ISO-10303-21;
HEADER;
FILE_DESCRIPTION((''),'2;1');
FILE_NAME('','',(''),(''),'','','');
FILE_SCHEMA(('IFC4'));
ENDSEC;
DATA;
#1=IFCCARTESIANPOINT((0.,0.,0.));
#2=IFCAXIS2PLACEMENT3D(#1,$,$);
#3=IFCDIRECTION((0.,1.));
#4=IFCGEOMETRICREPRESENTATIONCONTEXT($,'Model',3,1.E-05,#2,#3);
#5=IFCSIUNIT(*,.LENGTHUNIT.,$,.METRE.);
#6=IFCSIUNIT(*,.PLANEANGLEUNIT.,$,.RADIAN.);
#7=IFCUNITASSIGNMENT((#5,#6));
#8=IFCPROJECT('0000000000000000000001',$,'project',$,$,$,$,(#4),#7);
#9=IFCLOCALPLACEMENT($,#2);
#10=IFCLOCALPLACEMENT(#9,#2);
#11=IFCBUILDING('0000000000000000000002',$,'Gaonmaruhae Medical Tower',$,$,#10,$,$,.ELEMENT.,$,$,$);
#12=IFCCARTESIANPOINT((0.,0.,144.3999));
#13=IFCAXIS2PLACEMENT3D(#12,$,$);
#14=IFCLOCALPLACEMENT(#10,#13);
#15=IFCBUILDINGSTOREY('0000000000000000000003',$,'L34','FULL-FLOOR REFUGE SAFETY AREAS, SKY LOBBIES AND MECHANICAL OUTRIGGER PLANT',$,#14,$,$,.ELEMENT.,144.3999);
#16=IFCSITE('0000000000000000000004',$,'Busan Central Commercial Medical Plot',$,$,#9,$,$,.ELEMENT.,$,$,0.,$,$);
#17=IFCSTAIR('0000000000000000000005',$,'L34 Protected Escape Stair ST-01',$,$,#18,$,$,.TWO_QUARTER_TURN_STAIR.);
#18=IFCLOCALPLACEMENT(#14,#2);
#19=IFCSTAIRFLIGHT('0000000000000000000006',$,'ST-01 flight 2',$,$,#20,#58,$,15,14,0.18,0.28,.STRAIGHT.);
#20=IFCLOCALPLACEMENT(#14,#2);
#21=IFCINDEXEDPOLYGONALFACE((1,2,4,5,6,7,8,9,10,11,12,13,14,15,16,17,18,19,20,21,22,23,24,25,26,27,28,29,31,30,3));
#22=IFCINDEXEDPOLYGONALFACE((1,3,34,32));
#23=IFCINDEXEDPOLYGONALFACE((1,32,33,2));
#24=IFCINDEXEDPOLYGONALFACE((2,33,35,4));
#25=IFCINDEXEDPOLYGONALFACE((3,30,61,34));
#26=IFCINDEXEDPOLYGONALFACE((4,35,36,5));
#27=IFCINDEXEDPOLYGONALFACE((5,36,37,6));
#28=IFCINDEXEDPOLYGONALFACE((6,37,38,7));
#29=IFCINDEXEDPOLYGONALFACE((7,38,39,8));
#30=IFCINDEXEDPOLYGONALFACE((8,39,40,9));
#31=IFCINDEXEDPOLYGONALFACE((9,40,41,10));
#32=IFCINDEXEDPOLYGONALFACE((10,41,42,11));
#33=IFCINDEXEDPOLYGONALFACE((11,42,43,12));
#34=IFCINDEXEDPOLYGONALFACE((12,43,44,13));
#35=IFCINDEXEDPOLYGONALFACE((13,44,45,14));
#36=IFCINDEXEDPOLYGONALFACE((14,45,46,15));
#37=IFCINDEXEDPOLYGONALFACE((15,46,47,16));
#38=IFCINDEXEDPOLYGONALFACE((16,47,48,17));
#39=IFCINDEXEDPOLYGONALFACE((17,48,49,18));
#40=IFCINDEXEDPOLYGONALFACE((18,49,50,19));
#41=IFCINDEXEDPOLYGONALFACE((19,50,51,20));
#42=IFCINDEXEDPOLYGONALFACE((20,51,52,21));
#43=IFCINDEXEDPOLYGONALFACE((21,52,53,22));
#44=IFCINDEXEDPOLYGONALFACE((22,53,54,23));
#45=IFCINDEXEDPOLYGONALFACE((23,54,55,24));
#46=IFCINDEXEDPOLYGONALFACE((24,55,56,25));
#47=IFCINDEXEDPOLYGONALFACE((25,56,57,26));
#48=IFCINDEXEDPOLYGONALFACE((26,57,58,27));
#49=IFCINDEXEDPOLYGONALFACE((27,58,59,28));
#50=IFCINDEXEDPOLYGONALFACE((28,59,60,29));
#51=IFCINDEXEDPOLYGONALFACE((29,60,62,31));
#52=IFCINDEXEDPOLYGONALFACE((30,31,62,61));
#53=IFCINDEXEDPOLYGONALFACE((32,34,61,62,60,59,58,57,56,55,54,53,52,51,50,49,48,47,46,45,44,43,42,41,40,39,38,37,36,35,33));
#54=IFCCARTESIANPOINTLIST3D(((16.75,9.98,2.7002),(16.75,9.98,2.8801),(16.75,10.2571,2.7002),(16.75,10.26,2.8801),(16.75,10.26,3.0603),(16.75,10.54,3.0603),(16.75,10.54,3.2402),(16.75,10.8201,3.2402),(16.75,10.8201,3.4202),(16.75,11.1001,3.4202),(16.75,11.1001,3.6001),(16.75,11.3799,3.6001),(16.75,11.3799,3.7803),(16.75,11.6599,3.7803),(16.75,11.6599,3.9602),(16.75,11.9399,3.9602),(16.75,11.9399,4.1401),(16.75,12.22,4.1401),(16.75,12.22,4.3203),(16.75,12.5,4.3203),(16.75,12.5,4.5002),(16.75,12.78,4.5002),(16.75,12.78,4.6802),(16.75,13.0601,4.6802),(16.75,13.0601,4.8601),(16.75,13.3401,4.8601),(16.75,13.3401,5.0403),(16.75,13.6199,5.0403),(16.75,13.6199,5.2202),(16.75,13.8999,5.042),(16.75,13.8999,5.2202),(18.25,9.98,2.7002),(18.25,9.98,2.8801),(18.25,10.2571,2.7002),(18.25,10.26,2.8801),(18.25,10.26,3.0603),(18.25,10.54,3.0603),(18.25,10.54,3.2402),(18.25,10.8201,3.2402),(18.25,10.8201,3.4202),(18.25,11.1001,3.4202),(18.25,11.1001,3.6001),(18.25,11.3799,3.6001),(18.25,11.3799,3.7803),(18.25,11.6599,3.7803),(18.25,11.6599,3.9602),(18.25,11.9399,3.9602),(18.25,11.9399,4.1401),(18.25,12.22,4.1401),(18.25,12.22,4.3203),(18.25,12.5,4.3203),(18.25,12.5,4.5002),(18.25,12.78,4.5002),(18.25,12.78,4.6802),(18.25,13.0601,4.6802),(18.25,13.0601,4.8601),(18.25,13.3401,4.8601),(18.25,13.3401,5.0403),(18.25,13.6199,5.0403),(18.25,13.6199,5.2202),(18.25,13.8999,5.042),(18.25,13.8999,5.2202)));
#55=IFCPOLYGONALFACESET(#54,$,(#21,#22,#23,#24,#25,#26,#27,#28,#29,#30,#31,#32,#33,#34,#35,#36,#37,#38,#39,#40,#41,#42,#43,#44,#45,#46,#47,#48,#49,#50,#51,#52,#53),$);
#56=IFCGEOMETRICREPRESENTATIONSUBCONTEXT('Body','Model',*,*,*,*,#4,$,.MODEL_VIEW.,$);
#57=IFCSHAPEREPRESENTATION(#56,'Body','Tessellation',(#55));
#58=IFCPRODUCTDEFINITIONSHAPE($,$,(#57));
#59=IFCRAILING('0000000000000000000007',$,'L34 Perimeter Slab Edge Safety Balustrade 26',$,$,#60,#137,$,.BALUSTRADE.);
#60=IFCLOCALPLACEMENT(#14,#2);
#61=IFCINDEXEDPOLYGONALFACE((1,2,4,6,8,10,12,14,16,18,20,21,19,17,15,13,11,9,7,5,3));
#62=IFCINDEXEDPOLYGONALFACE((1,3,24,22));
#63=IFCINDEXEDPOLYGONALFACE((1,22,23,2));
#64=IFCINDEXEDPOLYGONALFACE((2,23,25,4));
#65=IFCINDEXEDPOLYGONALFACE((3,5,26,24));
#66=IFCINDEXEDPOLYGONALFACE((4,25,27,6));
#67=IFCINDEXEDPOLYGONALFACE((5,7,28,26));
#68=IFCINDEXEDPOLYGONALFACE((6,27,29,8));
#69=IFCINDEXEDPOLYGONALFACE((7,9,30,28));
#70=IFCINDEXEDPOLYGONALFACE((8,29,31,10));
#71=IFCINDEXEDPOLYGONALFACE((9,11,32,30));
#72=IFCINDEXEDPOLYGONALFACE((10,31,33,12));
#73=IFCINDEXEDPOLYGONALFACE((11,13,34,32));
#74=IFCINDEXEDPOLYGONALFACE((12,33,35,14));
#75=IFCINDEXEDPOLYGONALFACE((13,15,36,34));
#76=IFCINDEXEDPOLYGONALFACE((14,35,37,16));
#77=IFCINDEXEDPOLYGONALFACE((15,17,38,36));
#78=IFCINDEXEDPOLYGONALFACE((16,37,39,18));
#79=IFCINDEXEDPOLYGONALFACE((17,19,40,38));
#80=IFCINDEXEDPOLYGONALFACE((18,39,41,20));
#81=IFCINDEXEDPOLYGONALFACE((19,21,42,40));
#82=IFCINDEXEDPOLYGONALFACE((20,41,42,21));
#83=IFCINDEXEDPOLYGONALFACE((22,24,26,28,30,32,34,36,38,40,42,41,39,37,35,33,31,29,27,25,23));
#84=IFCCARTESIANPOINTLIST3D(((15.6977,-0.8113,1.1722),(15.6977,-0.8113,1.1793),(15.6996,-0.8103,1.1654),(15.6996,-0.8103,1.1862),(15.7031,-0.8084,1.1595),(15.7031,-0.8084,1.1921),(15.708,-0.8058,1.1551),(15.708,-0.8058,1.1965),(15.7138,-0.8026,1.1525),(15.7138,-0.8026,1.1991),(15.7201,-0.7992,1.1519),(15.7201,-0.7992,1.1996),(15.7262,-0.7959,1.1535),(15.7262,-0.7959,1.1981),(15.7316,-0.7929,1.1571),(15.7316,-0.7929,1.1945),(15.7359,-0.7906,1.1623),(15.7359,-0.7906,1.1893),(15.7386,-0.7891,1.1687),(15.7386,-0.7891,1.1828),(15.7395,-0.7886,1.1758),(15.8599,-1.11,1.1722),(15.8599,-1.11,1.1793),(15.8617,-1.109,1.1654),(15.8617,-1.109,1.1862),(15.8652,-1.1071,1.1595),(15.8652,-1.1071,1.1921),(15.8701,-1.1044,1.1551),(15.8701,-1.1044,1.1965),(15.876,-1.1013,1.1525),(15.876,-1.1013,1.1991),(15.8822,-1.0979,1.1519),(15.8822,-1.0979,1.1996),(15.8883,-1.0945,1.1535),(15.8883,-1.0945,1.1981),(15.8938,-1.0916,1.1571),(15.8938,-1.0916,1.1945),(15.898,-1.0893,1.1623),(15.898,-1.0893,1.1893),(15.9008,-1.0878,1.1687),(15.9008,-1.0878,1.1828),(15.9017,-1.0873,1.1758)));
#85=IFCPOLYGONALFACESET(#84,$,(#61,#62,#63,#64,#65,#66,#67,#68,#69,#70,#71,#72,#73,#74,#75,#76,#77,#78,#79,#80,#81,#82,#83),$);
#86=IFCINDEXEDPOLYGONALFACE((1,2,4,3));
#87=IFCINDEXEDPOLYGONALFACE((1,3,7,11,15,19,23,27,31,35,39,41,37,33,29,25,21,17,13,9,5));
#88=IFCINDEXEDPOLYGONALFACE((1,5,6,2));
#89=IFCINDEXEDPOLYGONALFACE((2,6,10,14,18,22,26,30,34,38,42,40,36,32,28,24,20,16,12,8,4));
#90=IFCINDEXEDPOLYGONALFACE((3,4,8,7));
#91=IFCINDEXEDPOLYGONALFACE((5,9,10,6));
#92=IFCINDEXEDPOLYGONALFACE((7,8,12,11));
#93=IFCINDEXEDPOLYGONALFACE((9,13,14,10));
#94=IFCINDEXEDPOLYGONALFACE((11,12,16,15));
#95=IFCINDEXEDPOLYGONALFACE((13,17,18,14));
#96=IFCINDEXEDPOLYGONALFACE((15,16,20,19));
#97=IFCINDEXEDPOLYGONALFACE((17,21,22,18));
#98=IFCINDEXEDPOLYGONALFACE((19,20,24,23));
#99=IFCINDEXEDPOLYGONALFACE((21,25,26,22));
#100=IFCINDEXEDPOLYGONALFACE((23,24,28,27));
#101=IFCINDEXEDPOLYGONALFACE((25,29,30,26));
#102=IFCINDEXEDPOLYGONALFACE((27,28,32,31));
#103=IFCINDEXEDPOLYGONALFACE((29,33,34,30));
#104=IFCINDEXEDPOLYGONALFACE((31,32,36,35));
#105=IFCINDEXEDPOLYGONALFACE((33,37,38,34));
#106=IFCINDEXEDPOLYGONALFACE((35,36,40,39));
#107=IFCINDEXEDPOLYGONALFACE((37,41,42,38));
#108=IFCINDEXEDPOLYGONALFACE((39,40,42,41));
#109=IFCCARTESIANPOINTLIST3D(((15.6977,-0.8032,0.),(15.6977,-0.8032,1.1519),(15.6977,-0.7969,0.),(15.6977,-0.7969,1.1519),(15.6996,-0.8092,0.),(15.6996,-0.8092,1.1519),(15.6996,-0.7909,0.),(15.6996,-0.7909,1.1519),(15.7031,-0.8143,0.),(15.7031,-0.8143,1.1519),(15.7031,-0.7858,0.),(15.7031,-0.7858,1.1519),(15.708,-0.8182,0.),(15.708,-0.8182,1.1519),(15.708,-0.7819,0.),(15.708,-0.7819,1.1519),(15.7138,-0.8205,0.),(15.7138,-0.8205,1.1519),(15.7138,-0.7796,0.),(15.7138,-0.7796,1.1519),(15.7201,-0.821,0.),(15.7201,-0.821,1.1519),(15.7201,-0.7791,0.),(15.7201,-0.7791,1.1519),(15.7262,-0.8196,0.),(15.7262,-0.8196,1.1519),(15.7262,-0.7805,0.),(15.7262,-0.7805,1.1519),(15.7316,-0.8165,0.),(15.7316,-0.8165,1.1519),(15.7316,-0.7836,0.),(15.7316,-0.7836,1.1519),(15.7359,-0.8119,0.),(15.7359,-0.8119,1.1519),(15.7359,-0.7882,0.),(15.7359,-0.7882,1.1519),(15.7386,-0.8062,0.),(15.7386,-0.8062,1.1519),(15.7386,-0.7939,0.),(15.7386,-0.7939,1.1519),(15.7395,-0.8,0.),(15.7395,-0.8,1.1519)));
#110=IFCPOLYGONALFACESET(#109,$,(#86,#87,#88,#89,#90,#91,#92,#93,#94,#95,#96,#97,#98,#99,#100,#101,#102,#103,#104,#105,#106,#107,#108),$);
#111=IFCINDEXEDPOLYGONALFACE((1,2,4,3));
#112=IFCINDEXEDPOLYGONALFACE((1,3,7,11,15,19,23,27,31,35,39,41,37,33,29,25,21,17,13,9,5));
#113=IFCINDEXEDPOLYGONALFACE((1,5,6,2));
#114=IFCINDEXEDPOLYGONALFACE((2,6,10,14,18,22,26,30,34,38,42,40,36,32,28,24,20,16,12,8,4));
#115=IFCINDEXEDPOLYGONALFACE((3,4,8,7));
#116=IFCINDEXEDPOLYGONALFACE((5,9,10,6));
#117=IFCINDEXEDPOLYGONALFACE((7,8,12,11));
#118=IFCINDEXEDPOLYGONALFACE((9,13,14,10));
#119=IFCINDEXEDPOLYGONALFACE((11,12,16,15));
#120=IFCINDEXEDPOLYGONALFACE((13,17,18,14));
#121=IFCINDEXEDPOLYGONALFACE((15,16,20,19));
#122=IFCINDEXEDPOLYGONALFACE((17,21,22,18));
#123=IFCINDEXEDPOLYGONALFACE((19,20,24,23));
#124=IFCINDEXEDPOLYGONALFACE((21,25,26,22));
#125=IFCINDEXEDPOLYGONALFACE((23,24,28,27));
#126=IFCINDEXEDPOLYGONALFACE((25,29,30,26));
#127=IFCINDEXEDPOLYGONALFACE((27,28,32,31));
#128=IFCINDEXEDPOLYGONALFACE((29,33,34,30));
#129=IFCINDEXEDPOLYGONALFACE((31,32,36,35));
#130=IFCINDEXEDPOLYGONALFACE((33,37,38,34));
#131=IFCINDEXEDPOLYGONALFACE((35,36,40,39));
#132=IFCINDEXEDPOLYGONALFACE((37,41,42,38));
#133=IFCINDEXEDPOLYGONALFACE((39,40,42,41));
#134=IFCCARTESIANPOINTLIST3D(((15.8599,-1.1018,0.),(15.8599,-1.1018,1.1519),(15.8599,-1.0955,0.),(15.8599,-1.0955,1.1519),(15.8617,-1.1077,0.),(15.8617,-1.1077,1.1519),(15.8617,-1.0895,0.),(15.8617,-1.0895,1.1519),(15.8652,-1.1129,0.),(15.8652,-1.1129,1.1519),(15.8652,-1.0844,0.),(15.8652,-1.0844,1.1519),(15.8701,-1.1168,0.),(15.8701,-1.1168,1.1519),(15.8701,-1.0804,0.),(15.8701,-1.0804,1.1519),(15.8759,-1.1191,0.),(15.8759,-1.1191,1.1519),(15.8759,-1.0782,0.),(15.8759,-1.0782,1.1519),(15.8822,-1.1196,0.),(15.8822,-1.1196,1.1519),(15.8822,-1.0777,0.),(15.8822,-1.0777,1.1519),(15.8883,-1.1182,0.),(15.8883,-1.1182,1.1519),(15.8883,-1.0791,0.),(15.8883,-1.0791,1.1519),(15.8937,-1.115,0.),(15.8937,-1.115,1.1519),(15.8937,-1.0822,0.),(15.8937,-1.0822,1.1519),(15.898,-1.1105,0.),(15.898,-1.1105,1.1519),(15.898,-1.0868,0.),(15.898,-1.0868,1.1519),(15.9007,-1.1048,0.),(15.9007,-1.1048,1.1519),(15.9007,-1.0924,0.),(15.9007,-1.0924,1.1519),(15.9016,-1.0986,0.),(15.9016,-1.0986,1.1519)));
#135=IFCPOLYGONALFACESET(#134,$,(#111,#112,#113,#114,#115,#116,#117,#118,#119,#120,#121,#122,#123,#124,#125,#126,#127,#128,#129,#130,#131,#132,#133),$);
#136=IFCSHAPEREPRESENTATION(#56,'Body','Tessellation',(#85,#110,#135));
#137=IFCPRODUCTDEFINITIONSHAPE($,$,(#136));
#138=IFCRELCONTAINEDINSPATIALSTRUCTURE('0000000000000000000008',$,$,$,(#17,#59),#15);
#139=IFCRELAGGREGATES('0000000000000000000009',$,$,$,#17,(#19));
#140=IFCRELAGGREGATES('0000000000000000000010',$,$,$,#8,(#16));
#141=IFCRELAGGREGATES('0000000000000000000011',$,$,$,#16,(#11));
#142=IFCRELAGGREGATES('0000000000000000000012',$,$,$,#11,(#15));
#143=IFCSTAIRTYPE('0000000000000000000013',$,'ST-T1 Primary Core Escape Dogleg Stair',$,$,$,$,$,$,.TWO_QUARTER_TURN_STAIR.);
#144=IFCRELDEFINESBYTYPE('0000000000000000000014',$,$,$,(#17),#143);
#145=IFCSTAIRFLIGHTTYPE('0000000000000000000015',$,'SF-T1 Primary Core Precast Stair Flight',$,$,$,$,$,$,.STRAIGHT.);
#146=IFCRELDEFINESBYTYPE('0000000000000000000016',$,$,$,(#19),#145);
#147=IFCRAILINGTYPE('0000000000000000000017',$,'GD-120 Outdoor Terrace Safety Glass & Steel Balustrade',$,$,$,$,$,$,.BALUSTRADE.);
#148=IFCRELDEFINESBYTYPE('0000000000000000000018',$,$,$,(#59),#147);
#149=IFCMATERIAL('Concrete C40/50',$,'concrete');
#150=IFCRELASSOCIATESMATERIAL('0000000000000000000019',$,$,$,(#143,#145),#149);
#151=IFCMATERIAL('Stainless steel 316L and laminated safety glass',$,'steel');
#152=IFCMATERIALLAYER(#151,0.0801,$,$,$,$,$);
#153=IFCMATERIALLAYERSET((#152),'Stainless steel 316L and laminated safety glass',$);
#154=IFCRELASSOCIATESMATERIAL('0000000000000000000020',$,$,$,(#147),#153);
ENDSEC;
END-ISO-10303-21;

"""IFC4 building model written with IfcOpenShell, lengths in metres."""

from ifc_helpers import new_model, si_unit, direction, frame, origin, origin_2d, place, context, subcontext, project, spatial, polyline, circle, outline, extrude, material, layer, layer_set, type_object, element, aggregate, save


model = new_model("IFC4")

# Units and contexts
model_context = context("Model", 3, precision=1e-05, world=origin(), true_north=direction((0.0, 1.0)))
body_context = subcontext(model_context, "Body", "Model", "MODEL_VIEW")
ifc_project = project(units=[si_unit("LENGTHUNIT", "METRE"), si_unit("PLANEANGLEUNIT", "RADIAN")], contexts=[model_context])

# Site, building, storey
site_placement = place(None, origin())
site = spatial("IfcSite", under=ifc_project, at=site_placement, Name="Busan Central Commercial Medical Plot", CompositionType="ELEMENT", RefElevation=0.0)
building_placement = place(site_placement, origin())
building = spatial("IfcBuilding", under=site, at=building_placement, Name="Gaonmaruhae Medical Tower", CompositionType="ELEMENT")
storey_placement = place(building_placement, frame((0.0, 0.0, 144.3999)))
storey = spatial("IfcBuildingStorey", under=building, at=storey_placement, Name="L34", Description="FULL-FLOOR REFUGE SAFETY AREAS, SKY LOBBIES AND MECHANICAL OUTRIGGER PLANT", CompositionType="ELEMENT", Elevation=144.3999)

# Stair, stair flight
ifc_material_1 = material(Name="Concrete C40/50", Category="concrete")
stair_type = type_object("IfcStairType", Name="ST-T1 Primary Core Escape Dogleg Stair", PredefinedType="TWO_QUARTER_TURN_STAIR", material=ifc_material_1)
stair_placement = place(storey_placement, origin())
stair = element("IfcStair", 1, at=stair_placement, inside=storey, type_object=stair_type, Name="L34 Protected Escape Stair ST-01", PredefinedType="TWO_QUARTER_TURN_STAIR")
stair_flight_type = type_object("IfcStairFlightType", Name="SF-T1 Primary Core Precast Stair Flight", PredefinedType="STRAIGHT", material=ifc_material_1)
stair_flight_1_placement = place(storey_placement, frame((17.5, 9.98, 2.7002), z_axis=(0.0, 0.0, 1.0), x_axis=(0.0, 1.0, 0.0)))
stair_flight_1 = element("IfcStairFlight", 2, at=stair_flight_1_placement, type_object=stair_flight_type, Name="ST-01 flight 2", NumberOfRisers=15, NumberOfTreads=14, PredefinedType="STRAIGHT", RiserHeight=0.18, TreadLength=0.28, context=body_context, shape_type="SweptSolid", body=[
    extrude(outline(polyline([(0.0, 0.0), (0.0, 0.1799), (0.28, 0.1799), (0.28, 0.3601), (0.5601, 0.3601), (0.5601, 0.54), (0.8401, 0.54), (0.8401, 0.72), (1.1201, 0.72), (1.1201, 0.8999), (1.3999, 0.8999), (1.3999, 1.0801), (1.6799, 1.0801), (1.6799, 1.26), (1.96, 1.26), (1.96, 1.4399), (2.24, 1.4399), (2.24, 1.6201), (2.52, 1.6201), (2.52, 1.8), (2.8, 1.8), (2.8, 1.98), (3.0801, 1.98), (3.0801, 2.1599), (3.3601, 2.1599), (3.3601, 2.3401), (3.6399, 2.3401), (3.6399, 2.52), (3.9199, 2.52), (3.9199, 2.7), (3.9199, 2.3418), (0.2771, 0.0), (0.0, 0.0)])), frame((0.0, 0.75, 0.0), z_axis=(0.0, -1.0, 0.0), x_axis=(1.0, 0.0, 0.0)), (0.0, 0.0, 1.0), 1.5),
])
aggregate(stair, [stair_flight_1])

# Railing
ifc_material_2 = material(Name="Stainless steel 316L and laminated safety glass", Category="steel")
ifc_layer_1 = layer(ifc_material_2, 0.0801)
ifc_layer_set_1 = layer_set([ifc_layer_1], Name="Stainless steel 316L and laminated safety glass")
railing_type_1 = type_object("IfcRailingType", Name="GD-120 Outdoor Terrace Safety Glass & Steel Balustrade", PredefinedType="BALUSTRADE", material=ifc_layer_set_1)
railing_1_placement = place(storey_placement, frame((15.7185, -0.8, 0.0)))
element("IfcRailing", 3, at=railing_1_placement, inside=storey, type_object=railing_type_1, Name="L34 Perimeter Slab Edge Safety Balustrade 26", PredefinedType="BALUSTRADE", context=body_context, shape_type="SweptSolid", body=[
    extrude(circle(Radius=0.0239, at=origin_2d()), frame((0.0, 0.0, 1.1758), z_axis=(0.477139, -0.878828, 0.0), x_axis=(0.878828, 0.477139, 0.0)), (0.0, 0.0, 1.0), 0.3398),
    extrude(circle(Radius=0.021, at=origin_2d()), origin(), (0.0, 0.0, 1.0), 1.1519),
    extrude(circle(Radius=0.021, at=origin_2d()), frame((0.1621, -0.2986, 0.0)), (0.0, 0.0, 1.0), 1.1519),
])

save(model, "model.ifc")
